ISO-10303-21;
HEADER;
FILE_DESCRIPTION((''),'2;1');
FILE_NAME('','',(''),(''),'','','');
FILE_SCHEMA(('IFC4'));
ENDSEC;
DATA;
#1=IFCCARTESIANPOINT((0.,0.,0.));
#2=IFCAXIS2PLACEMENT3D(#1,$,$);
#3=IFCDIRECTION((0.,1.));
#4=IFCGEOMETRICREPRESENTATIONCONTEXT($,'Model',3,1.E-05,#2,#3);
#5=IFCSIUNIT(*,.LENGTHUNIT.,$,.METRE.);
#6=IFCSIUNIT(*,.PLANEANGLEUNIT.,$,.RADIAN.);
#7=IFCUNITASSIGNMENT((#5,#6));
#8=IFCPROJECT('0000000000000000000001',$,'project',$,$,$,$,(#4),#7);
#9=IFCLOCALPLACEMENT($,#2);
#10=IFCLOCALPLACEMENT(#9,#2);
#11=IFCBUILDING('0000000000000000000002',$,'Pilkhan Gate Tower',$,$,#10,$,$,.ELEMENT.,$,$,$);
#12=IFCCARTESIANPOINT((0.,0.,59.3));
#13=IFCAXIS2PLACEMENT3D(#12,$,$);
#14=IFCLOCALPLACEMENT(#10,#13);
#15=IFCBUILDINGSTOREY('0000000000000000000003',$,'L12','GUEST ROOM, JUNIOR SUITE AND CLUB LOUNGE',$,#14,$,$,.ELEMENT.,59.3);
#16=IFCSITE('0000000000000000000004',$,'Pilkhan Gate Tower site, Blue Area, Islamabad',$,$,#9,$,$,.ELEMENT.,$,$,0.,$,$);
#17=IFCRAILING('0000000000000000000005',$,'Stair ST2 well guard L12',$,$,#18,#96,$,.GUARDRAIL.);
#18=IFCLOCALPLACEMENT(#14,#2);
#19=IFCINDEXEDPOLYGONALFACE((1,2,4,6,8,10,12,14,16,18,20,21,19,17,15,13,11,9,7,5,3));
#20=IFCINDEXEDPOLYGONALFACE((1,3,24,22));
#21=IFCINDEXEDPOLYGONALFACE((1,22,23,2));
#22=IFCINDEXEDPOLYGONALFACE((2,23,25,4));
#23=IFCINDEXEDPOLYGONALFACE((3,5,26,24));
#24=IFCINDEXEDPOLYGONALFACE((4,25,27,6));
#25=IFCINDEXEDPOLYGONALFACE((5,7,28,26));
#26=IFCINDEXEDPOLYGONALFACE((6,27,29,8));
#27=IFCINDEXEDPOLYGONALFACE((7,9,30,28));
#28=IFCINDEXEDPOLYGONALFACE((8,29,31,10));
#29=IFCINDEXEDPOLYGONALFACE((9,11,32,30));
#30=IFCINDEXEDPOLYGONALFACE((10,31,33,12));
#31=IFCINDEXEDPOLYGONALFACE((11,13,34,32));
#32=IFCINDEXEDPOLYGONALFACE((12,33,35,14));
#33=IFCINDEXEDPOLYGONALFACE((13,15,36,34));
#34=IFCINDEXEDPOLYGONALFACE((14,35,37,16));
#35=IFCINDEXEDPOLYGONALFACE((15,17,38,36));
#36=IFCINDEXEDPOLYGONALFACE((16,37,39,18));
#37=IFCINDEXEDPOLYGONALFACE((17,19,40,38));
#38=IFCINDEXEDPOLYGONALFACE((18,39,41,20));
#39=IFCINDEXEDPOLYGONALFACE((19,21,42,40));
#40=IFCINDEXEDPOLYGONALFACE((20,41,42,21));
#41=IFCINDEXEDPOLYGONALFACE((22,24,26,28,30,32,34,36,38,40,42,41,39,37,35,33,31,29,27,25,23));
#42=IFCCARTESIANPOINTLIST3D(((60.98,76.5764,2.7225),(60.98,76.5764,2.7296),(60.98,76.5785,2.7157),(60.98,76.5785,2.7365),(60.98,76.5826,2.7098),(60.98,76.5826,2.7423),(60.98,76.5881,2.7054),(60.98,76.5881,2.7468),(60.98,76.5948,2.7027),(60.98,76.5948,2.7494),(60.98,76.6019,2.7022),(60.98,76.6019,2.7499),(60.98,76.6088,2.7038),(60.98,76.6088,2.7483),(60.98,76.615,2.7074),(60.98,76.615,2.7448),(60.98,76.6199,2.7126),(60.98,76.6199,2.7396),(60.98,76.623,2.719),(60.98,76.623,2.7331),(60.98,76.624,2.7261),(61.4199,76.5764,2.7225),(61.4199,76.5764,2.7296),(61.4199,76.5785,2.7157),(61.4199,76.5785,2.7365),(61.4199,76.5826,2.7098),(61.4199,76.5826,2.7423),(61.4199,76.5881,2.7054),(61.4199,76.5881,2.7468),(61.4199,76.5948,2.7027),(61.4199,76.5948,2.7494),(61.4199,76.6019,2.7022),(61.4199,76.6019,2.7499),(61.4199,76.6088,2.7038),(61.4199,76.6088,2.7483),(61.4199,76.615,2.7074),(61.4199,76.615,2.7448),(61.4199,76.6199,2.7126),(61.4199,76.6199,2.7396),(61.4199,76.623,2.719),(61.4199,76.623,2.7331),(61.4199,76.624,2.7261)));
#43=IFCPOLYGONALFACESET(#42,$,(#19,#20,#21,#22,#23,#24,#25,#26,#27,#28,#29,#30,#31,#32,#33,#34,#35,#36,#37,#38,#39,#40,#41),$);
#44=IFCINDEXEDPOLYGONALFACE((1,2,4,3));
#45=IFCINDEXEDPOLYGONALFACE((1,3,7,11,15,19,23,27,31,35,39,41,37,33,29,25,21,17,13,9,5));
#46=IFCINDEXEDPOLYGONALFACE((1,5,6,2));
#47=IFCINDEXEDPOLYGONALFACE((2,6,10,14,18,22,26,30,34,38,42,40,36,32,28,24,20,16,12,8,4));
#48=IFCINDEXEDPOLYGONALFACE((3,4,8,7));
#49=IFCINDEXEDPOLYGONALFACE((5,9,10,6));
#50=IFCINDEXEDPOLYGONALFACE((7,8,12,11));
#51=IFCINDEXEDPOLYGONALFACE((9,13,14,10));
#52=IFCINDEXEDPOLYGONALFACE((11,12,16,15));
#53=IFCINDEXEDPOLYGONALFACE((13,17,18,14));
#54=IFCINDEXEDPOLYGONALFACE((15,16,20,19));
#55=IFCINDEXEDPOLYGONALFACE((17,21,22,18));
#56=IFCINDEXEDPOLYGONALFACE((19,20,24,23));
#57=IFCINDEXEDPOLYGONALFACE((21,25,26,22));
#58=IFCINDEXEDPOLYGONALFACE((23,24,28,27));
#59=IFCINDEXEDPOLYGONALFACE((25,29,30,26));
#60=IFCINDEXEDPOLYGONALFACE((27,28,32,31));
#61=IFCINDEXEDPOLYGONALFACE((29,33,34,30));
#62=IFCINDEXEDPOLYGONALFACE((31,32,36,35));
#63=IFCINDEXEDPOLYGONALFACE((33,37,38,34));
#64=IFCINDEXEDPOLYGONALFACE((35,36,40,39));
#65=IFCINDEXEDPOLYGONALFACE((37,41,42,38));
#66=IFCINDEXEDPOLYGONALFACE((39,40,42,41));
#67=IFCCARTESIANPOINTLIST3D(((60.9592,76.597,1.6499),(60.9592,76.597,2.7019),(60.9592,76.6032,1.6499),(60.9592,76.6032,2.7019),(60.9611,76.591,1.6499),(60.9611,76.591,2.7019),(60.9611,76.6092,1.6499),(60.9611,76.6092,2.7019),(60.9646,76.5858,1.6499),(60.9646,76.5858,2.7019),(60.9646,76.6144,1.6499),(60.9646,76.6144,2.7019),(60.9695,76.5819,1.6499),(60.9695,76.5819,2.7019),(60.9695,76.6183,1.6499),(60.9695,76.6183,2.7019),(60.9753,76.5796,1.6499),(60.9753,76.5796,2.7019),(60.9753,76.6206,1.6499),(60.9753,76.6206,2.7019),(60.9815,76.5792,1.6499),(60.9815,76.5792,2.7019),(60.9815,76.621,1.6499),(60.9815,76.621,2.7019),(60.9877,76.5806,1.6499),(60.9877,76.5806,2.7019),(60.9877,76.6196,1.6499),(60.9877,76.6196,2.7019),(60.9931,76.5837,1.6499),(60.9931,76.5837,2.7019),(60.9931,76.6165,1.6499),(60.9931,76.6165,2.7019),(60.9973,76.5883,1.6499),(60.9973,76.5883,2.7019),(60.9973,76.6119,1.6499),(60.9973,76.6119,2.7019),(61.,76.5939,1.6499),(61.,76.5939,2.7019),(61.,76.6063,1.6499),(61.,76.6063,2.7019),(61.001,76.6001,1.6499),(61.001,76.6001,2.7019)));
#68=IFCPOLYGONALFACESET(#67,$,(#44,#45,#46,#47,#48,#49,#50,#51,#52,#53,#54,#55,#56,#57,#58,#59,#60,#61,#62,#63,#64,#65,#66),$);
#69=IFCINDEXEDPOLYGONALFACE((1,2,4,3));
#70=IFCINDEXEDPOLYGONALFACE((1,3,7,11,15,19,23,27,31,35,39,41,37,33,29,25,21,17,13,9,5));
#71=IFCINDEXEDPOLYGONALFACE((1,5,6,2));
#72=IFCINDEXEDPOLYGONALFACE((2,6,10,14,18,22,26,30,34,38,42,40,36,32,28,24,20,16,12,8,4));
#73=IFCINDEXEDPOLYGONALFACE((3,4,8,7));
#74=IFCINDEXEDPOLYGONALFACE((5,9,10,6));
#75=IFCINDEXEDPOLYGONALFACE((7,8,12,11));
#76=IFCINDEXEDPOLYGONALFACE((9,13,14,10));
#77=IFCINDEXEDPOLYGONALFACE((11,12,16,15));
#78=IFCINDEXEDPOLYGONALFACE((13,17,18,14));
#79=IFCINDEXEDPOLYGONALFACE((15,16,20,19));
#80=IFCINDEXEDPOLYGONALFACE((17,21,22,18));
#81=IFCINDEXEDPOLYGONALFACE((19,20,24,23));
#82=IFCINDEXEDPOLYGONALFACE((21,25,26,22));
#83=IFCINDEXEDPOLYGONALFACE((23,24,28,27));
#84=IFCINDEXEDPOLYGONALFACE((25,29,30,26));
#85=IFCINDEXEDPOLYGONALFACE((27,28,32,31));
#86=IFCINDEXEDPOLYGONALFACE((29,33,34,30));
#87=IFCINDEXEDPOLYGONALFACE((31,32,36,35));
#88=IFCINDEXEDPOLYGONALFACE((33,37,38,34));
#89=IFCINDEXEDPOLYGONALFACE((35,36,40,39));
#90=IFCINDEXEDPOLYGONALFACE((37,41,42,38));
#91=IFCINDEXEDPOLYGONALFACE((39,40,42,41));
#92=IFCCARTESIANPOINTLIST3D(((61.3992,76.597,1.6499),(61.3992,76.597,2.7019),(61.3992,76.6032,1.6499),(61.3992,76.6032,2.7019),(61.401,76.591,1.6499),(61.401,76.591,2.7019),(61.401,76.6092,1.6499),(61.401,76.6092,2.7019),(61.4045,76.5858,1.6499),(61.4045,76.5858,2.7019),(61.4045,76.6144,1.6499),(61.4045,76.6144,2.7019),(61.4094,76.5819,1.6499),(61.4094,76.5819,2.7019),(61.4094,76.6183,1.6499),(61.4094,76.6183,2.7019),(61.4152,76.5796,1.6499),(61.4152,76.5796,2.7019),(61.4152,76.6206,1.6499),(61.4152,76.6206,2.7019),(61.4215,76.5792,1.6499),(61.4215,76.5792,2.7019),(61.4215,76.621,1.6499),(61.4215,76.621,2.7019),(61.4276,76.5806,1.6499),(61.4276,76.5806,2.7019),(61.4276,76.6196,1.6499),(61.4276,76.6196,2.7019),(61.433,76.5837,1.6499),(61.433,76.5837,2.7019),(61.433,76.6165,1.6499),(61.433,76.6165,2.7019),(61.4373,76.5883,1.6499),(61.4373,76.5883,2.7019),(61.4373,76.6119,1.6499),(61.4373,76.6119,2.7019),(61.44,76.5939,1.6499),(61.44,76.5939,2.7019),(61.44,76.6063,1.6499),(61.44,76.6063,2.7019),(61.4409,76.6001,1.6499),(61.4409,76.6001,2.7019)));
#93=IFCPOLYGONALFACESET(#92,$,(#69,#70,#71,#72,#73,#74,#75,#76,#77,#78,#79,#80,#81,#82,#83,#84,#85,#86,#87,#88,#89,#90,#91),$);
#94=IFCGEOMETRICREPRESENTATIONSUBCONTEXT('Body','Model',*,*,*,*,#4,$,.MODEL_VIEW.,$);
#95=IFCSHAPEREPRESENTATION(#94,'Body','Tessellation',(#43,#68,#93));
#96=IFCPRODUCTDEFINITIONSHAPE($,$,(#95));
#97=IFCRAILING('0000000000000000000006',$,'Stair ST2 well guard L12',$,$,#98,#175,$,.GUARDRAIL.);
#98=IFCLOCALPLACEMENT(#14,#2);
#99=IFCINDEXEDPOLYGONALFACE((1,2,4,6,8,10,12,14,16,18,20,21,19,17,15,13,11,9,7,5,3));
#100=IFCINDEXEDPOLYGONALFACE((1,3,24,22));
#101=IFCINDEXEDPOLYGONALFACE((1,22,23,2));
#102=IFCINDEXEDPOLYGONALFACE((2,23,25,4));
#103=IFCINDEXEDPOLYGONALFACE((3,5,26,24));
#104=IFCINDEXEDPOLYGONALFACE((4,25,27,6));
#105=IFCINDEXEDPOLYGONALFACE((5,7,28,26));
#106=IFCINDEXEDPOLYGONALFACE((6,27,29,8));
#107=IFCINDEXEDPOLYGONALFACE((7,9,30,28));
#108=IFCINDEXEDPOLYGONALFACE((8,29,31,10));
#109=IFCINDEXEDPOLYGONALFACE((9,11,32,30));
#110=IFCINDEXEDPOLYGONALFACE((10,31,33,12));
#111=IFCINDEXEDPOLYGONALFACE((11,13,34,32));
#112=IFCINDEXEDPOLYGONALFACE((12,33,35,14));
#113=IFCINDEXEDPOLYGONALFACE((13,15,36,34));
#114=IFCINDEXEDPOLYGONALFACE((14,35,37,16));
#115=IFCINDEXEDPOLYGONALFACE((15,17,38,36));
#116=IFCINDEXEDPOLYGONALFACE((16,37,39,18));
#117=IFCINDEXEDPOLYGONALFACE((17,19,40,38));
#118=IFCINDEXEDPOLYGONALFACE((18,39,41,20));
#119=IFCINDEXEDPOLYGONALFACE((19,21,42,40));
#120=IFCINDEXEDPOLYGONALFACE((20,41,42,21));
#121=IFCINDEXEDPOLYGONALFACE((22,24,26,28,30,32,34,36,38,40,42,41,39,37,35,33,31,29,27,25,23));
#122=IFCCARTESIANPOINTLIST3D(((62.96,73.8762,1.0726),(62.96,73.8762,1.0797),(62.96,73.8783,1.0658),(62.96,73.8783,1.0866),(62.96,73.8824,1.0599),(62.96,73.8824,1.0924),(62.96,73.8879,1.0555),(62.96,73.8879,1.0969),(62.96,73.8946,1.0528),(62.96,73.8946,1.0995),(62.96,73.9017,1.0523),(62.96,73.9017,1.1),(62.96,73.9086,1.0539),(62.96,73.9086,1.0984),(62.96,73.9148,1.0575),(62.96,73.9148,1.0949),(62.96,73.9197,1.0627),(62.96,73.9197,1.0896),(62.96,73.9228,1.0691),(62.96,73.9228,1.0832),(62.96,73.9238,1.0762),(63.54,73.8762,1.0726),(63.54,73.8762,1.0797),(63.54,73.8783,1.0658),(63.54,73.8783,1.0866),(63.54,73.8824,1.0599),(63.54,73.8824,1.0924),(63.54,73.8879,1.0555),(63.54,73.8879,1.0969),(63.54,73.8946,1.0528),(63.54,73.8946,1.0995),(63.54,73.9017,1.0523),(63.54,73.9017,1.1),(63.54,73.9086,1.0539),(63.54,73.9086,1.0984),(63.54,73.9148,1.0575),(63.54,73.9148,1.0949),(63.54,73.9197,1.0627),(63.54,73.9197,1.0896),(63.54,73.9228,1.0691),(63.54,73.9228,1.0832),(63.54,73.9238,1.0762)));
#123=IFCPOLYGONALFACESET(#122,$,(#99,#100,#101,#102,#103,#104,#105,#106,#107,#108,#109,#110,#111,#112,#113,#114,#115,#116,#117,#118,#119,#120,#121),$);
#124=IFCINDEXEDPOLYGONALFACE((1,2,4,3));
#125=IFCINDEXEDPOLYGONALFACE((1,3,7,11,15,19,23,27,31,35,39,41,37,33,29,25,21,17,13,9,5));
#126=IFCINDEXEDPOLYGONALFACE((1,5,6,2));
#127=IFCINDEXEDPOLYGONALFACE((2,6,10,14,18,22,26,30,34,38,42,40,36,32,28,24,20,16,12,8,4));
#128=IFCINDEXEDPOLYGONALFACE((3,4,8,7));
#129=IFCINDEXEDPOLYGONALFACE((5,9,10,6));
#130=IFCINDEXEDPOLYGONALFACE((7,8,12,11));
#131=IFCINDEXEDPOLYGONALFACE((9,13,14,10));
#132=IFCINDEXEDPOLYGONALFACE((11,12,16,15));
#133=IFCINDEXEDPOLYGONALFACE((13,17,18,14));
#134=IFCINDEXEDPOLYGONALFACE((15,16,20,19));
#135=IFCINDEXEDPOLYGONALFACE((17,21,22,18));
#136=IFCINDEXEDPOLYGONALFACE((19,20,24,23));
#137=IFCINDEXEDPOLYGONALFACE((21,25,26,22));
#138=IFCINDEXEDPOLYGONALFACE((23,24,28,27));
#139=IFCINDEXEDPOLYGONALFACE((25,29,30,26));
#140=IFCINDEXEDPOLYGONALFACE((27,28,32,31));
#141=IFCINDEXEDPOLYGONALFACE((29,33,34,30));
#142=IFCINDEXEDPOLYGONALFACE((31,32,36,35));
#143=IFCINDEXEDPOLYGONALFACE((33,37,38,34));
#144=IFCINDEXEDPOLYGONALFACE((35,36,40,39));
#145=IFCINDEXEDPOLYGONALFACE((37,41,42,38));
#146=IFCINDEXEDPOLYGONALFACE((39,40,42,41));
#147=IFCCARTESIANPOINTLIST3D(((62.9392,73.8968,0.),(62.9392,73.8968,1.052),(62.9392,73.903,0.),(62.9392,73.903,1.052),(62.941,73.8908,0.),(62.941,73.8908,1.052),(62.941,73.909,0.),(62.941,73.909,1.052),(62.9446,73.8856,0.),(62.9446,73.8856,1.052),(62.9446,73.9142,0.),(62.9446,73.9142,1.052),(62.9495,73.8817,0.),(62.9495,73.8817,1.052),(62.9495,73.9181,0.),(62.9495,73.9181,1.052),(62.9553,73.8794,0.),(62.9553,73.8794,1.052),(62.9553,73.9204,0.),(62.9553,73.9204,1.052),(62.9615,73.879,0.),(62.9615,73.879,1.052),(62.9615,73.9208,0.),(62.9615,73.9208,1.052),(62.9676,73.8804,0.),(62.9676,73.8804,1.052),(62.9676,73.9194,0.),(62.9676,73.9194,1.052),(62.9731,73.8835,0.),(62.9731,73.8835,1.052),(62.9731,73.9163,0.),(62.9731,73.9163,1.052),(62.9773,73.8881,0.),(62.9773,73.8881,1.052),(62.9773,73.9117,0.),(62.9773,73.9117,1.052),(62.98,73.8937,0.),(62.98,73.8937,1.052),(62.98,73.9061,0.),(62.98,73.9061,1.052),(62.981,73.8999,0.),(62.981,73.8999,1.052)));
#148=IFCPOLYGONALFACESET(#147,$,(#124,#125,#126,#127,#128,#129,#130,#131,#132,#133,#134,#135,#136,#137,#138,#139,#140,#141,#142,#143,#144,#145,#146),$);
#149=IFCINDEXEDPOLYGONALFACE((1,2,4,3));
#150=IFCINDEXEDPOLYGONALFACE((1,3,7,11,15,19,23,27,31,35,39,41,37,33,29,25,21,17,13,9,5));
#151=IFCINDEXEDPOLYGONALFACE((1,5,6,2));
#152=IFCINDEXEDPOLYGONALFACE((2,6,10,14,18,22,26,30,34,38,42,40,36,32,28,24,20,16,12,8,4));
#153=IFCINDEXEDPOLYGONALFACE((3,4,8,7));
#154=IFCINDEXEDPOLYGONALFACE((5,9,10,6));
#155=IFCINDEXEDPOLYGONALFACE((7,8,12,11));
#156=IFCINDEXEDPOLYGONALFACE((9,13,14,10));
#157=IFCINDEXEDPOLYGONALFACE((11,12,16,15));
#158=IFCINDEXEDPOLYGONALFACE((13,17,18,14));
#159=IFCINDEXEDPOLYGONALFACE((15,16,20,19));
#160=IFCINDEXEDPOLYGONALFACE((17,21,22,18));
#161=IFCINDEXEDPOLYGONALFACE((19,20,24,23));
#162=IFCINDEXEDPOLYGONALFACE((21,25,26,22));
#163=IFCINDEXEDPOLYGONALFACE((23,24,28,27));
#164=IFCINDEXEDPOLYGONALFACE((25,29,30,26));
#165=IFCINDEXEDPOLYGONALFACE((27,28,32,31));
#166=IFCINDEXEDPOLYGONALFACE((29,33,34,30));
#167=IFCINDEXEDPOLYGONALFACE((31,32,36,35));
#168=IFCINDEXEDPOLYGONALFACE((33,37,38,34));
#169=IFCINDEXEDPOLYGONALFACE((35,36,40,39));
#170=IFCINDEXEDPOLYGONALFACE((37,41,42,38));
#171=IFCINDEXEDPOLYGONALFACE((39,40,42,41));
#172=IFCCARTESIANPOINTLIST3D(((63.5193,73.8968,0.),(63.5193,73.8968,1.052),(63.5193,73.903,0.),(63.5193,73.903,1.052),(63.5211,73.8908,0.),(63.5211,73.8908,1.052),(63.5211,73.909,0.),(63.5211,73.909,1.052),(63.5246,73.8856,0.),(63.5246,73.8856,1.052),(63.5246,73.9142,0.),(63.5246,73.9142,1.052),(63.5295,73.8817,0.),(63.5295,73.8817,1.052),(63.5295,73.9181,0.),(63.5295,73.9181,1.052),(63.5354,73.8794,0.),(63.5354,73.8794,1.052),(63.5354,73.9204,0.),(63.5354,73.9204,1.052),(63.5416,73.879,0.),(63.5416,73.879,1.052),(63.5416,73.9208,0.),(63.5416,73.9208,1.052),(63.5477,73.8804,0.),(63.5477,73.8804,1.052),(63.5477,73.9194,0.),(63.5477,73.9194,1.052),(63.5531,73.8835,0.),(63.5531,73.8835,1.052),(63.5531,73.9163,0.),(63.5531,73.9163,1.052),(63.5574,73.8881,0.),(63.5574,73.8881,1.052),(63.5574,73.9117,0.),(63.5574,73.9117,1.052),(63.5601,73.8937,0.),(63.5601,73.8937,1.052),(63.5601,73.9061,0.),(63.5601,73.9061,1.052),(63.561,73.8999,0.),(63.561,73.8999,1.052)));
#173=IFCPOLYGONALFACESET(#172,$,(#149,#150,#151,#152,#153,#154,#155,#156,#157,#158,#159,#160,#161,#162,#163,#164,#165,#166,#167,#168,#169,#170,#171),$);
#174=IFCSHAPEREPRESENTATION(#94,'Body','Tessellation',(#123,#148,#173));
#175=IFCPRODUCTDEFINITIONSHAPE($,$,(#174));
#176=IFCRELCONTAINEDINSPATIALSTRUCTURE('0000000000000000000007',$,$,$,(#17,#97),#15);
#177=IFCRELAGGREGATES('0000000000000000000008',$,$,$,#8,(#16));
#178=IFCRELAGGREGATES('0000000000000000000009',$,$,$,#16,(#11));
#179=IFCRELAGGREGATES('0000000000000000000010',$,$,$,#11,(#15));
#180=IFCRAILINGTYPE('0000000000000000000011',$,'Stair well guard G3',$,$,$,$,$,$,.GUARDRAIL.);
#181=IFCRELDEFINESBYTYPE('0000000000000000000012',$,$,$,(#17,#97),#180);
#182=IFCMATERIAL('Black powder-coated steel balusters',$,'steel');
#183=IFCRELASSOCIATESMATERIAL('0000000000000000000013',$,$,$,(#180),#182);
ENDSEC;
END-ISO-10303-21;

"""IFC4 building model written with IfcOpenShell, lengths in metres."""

from ifc_helpers import new_model, si_unit, direction, frame, origin, origin_2d, place, context, subcontext, project, spatial, circle, extrude, material, type_object, element, save


model = new_model("IFC4")

# Units and contexts
model_context = context("Model", 3, precision=1e-05, world=origin(), true_north=direction((0.0, 1.0)))
body_context = subcontext(model_context, "Body", "Model", "MODEL_VIEW")
ifc_project = project(units=[si_unit("LENGTHUNIT", "METRE"), si_unit("PLANEANGLEUNIT", "RADIAN")], contexts=[model_context])

# Site, building, storey
site_placement = place(None, origin())
site = spatial("IfcSite", under=ifc_project, at=site_placement, Name="Pilkhan Gate Tower site, Blue Area, Islamabad", CompositionType="ELEMENT", RefElevation=0.0)
building_placement = place(site_placement, origin())
building = spatial("IfcBuilding", under=site, at=building_placement, Name="Pilkhan Gate Tower", CompositionType="ELEMENT")
storey_placement = place(building_placement, frame((0.0, 0.0, 59.3)))
storey = spatial("IfcBuildingStorey", under=building, at=storey_placement, Name="L12", Description="GUEST ROOM, JUNIOR SUITE AND CLUB LOUNGE", CompositionType="ELEMENT", Elevation=59.3)

# Railings
ifc_material_1 = material(Name="Black powder-coated steel balusters", Category="steel")
railing_type_1 = type_object("IfcRailingType", Name="Stair well guard G3", PredefinedType="GUARDRAIL", material=ifc_material_1)
railing_1_placement = place(storey_placement, frame((60.98, 76.6001, 1.6499)))
element("IfcRailing", 1, at=railing_1_placement, inside=storey, type_object=railing_type_1, Name="Stair ST2 well guard L12", PredefinedType="GUARDRAIL", context=body_context, shape_type="SweptSolid", body=[
    extrude(circle(Radius=0.0239, at=origin_2d()), frame((0.0, 0.0, 1.0762), z_axis=(1.0, 0.0, 0.0), x_axis=(0.0, 1.0, 0.0)), (0.0, 0.0, 1.0), 0.4399),
    extrude(circle(Radius=0.021, at=origin_2d()), origin(), (0.0, 0.0, 1.0), 1.052),
    extrude(circle(Radius=0.021, at=origin_2d()), frame((0.4399, 0.0, 0.0)), (0.0, 0.0, 1.0), 1.052),
])
for number, where, name in (
    (2, (62.96, 73.8999, 0.0), "Stair ST2 well guard L12"),
):
    element("IfcRailing", number, at=place(storey_placement, frame(where)), inside=storey, type_object=railing_type_1, Name=name, PredefinedType="GUARDRAIL", context=body_context, shape_type="SweptSolid", body=[
        extrude(circle(Radius=0.0239, at=origin_2d()), frame((0.0, 0.0, 1.0762), z_axis=(1.0, 0.0, 0.0), x_axis=(0.0, 1.0, 0.0)), (0.0, 0.0, 1.0), 0.5801),
        extrude(circle(Radius=0.021, at=origin_2d()), origin(), (0.0, 0.0, 1.0), 1.052),
        extrude(circle(Radius=0.021, at=origin_2d()), frame((0.5801, 0.0, 0.0)), (0.0, 0.0, 1.0), 1.052),
    ])

save(model, "model.ifc")
